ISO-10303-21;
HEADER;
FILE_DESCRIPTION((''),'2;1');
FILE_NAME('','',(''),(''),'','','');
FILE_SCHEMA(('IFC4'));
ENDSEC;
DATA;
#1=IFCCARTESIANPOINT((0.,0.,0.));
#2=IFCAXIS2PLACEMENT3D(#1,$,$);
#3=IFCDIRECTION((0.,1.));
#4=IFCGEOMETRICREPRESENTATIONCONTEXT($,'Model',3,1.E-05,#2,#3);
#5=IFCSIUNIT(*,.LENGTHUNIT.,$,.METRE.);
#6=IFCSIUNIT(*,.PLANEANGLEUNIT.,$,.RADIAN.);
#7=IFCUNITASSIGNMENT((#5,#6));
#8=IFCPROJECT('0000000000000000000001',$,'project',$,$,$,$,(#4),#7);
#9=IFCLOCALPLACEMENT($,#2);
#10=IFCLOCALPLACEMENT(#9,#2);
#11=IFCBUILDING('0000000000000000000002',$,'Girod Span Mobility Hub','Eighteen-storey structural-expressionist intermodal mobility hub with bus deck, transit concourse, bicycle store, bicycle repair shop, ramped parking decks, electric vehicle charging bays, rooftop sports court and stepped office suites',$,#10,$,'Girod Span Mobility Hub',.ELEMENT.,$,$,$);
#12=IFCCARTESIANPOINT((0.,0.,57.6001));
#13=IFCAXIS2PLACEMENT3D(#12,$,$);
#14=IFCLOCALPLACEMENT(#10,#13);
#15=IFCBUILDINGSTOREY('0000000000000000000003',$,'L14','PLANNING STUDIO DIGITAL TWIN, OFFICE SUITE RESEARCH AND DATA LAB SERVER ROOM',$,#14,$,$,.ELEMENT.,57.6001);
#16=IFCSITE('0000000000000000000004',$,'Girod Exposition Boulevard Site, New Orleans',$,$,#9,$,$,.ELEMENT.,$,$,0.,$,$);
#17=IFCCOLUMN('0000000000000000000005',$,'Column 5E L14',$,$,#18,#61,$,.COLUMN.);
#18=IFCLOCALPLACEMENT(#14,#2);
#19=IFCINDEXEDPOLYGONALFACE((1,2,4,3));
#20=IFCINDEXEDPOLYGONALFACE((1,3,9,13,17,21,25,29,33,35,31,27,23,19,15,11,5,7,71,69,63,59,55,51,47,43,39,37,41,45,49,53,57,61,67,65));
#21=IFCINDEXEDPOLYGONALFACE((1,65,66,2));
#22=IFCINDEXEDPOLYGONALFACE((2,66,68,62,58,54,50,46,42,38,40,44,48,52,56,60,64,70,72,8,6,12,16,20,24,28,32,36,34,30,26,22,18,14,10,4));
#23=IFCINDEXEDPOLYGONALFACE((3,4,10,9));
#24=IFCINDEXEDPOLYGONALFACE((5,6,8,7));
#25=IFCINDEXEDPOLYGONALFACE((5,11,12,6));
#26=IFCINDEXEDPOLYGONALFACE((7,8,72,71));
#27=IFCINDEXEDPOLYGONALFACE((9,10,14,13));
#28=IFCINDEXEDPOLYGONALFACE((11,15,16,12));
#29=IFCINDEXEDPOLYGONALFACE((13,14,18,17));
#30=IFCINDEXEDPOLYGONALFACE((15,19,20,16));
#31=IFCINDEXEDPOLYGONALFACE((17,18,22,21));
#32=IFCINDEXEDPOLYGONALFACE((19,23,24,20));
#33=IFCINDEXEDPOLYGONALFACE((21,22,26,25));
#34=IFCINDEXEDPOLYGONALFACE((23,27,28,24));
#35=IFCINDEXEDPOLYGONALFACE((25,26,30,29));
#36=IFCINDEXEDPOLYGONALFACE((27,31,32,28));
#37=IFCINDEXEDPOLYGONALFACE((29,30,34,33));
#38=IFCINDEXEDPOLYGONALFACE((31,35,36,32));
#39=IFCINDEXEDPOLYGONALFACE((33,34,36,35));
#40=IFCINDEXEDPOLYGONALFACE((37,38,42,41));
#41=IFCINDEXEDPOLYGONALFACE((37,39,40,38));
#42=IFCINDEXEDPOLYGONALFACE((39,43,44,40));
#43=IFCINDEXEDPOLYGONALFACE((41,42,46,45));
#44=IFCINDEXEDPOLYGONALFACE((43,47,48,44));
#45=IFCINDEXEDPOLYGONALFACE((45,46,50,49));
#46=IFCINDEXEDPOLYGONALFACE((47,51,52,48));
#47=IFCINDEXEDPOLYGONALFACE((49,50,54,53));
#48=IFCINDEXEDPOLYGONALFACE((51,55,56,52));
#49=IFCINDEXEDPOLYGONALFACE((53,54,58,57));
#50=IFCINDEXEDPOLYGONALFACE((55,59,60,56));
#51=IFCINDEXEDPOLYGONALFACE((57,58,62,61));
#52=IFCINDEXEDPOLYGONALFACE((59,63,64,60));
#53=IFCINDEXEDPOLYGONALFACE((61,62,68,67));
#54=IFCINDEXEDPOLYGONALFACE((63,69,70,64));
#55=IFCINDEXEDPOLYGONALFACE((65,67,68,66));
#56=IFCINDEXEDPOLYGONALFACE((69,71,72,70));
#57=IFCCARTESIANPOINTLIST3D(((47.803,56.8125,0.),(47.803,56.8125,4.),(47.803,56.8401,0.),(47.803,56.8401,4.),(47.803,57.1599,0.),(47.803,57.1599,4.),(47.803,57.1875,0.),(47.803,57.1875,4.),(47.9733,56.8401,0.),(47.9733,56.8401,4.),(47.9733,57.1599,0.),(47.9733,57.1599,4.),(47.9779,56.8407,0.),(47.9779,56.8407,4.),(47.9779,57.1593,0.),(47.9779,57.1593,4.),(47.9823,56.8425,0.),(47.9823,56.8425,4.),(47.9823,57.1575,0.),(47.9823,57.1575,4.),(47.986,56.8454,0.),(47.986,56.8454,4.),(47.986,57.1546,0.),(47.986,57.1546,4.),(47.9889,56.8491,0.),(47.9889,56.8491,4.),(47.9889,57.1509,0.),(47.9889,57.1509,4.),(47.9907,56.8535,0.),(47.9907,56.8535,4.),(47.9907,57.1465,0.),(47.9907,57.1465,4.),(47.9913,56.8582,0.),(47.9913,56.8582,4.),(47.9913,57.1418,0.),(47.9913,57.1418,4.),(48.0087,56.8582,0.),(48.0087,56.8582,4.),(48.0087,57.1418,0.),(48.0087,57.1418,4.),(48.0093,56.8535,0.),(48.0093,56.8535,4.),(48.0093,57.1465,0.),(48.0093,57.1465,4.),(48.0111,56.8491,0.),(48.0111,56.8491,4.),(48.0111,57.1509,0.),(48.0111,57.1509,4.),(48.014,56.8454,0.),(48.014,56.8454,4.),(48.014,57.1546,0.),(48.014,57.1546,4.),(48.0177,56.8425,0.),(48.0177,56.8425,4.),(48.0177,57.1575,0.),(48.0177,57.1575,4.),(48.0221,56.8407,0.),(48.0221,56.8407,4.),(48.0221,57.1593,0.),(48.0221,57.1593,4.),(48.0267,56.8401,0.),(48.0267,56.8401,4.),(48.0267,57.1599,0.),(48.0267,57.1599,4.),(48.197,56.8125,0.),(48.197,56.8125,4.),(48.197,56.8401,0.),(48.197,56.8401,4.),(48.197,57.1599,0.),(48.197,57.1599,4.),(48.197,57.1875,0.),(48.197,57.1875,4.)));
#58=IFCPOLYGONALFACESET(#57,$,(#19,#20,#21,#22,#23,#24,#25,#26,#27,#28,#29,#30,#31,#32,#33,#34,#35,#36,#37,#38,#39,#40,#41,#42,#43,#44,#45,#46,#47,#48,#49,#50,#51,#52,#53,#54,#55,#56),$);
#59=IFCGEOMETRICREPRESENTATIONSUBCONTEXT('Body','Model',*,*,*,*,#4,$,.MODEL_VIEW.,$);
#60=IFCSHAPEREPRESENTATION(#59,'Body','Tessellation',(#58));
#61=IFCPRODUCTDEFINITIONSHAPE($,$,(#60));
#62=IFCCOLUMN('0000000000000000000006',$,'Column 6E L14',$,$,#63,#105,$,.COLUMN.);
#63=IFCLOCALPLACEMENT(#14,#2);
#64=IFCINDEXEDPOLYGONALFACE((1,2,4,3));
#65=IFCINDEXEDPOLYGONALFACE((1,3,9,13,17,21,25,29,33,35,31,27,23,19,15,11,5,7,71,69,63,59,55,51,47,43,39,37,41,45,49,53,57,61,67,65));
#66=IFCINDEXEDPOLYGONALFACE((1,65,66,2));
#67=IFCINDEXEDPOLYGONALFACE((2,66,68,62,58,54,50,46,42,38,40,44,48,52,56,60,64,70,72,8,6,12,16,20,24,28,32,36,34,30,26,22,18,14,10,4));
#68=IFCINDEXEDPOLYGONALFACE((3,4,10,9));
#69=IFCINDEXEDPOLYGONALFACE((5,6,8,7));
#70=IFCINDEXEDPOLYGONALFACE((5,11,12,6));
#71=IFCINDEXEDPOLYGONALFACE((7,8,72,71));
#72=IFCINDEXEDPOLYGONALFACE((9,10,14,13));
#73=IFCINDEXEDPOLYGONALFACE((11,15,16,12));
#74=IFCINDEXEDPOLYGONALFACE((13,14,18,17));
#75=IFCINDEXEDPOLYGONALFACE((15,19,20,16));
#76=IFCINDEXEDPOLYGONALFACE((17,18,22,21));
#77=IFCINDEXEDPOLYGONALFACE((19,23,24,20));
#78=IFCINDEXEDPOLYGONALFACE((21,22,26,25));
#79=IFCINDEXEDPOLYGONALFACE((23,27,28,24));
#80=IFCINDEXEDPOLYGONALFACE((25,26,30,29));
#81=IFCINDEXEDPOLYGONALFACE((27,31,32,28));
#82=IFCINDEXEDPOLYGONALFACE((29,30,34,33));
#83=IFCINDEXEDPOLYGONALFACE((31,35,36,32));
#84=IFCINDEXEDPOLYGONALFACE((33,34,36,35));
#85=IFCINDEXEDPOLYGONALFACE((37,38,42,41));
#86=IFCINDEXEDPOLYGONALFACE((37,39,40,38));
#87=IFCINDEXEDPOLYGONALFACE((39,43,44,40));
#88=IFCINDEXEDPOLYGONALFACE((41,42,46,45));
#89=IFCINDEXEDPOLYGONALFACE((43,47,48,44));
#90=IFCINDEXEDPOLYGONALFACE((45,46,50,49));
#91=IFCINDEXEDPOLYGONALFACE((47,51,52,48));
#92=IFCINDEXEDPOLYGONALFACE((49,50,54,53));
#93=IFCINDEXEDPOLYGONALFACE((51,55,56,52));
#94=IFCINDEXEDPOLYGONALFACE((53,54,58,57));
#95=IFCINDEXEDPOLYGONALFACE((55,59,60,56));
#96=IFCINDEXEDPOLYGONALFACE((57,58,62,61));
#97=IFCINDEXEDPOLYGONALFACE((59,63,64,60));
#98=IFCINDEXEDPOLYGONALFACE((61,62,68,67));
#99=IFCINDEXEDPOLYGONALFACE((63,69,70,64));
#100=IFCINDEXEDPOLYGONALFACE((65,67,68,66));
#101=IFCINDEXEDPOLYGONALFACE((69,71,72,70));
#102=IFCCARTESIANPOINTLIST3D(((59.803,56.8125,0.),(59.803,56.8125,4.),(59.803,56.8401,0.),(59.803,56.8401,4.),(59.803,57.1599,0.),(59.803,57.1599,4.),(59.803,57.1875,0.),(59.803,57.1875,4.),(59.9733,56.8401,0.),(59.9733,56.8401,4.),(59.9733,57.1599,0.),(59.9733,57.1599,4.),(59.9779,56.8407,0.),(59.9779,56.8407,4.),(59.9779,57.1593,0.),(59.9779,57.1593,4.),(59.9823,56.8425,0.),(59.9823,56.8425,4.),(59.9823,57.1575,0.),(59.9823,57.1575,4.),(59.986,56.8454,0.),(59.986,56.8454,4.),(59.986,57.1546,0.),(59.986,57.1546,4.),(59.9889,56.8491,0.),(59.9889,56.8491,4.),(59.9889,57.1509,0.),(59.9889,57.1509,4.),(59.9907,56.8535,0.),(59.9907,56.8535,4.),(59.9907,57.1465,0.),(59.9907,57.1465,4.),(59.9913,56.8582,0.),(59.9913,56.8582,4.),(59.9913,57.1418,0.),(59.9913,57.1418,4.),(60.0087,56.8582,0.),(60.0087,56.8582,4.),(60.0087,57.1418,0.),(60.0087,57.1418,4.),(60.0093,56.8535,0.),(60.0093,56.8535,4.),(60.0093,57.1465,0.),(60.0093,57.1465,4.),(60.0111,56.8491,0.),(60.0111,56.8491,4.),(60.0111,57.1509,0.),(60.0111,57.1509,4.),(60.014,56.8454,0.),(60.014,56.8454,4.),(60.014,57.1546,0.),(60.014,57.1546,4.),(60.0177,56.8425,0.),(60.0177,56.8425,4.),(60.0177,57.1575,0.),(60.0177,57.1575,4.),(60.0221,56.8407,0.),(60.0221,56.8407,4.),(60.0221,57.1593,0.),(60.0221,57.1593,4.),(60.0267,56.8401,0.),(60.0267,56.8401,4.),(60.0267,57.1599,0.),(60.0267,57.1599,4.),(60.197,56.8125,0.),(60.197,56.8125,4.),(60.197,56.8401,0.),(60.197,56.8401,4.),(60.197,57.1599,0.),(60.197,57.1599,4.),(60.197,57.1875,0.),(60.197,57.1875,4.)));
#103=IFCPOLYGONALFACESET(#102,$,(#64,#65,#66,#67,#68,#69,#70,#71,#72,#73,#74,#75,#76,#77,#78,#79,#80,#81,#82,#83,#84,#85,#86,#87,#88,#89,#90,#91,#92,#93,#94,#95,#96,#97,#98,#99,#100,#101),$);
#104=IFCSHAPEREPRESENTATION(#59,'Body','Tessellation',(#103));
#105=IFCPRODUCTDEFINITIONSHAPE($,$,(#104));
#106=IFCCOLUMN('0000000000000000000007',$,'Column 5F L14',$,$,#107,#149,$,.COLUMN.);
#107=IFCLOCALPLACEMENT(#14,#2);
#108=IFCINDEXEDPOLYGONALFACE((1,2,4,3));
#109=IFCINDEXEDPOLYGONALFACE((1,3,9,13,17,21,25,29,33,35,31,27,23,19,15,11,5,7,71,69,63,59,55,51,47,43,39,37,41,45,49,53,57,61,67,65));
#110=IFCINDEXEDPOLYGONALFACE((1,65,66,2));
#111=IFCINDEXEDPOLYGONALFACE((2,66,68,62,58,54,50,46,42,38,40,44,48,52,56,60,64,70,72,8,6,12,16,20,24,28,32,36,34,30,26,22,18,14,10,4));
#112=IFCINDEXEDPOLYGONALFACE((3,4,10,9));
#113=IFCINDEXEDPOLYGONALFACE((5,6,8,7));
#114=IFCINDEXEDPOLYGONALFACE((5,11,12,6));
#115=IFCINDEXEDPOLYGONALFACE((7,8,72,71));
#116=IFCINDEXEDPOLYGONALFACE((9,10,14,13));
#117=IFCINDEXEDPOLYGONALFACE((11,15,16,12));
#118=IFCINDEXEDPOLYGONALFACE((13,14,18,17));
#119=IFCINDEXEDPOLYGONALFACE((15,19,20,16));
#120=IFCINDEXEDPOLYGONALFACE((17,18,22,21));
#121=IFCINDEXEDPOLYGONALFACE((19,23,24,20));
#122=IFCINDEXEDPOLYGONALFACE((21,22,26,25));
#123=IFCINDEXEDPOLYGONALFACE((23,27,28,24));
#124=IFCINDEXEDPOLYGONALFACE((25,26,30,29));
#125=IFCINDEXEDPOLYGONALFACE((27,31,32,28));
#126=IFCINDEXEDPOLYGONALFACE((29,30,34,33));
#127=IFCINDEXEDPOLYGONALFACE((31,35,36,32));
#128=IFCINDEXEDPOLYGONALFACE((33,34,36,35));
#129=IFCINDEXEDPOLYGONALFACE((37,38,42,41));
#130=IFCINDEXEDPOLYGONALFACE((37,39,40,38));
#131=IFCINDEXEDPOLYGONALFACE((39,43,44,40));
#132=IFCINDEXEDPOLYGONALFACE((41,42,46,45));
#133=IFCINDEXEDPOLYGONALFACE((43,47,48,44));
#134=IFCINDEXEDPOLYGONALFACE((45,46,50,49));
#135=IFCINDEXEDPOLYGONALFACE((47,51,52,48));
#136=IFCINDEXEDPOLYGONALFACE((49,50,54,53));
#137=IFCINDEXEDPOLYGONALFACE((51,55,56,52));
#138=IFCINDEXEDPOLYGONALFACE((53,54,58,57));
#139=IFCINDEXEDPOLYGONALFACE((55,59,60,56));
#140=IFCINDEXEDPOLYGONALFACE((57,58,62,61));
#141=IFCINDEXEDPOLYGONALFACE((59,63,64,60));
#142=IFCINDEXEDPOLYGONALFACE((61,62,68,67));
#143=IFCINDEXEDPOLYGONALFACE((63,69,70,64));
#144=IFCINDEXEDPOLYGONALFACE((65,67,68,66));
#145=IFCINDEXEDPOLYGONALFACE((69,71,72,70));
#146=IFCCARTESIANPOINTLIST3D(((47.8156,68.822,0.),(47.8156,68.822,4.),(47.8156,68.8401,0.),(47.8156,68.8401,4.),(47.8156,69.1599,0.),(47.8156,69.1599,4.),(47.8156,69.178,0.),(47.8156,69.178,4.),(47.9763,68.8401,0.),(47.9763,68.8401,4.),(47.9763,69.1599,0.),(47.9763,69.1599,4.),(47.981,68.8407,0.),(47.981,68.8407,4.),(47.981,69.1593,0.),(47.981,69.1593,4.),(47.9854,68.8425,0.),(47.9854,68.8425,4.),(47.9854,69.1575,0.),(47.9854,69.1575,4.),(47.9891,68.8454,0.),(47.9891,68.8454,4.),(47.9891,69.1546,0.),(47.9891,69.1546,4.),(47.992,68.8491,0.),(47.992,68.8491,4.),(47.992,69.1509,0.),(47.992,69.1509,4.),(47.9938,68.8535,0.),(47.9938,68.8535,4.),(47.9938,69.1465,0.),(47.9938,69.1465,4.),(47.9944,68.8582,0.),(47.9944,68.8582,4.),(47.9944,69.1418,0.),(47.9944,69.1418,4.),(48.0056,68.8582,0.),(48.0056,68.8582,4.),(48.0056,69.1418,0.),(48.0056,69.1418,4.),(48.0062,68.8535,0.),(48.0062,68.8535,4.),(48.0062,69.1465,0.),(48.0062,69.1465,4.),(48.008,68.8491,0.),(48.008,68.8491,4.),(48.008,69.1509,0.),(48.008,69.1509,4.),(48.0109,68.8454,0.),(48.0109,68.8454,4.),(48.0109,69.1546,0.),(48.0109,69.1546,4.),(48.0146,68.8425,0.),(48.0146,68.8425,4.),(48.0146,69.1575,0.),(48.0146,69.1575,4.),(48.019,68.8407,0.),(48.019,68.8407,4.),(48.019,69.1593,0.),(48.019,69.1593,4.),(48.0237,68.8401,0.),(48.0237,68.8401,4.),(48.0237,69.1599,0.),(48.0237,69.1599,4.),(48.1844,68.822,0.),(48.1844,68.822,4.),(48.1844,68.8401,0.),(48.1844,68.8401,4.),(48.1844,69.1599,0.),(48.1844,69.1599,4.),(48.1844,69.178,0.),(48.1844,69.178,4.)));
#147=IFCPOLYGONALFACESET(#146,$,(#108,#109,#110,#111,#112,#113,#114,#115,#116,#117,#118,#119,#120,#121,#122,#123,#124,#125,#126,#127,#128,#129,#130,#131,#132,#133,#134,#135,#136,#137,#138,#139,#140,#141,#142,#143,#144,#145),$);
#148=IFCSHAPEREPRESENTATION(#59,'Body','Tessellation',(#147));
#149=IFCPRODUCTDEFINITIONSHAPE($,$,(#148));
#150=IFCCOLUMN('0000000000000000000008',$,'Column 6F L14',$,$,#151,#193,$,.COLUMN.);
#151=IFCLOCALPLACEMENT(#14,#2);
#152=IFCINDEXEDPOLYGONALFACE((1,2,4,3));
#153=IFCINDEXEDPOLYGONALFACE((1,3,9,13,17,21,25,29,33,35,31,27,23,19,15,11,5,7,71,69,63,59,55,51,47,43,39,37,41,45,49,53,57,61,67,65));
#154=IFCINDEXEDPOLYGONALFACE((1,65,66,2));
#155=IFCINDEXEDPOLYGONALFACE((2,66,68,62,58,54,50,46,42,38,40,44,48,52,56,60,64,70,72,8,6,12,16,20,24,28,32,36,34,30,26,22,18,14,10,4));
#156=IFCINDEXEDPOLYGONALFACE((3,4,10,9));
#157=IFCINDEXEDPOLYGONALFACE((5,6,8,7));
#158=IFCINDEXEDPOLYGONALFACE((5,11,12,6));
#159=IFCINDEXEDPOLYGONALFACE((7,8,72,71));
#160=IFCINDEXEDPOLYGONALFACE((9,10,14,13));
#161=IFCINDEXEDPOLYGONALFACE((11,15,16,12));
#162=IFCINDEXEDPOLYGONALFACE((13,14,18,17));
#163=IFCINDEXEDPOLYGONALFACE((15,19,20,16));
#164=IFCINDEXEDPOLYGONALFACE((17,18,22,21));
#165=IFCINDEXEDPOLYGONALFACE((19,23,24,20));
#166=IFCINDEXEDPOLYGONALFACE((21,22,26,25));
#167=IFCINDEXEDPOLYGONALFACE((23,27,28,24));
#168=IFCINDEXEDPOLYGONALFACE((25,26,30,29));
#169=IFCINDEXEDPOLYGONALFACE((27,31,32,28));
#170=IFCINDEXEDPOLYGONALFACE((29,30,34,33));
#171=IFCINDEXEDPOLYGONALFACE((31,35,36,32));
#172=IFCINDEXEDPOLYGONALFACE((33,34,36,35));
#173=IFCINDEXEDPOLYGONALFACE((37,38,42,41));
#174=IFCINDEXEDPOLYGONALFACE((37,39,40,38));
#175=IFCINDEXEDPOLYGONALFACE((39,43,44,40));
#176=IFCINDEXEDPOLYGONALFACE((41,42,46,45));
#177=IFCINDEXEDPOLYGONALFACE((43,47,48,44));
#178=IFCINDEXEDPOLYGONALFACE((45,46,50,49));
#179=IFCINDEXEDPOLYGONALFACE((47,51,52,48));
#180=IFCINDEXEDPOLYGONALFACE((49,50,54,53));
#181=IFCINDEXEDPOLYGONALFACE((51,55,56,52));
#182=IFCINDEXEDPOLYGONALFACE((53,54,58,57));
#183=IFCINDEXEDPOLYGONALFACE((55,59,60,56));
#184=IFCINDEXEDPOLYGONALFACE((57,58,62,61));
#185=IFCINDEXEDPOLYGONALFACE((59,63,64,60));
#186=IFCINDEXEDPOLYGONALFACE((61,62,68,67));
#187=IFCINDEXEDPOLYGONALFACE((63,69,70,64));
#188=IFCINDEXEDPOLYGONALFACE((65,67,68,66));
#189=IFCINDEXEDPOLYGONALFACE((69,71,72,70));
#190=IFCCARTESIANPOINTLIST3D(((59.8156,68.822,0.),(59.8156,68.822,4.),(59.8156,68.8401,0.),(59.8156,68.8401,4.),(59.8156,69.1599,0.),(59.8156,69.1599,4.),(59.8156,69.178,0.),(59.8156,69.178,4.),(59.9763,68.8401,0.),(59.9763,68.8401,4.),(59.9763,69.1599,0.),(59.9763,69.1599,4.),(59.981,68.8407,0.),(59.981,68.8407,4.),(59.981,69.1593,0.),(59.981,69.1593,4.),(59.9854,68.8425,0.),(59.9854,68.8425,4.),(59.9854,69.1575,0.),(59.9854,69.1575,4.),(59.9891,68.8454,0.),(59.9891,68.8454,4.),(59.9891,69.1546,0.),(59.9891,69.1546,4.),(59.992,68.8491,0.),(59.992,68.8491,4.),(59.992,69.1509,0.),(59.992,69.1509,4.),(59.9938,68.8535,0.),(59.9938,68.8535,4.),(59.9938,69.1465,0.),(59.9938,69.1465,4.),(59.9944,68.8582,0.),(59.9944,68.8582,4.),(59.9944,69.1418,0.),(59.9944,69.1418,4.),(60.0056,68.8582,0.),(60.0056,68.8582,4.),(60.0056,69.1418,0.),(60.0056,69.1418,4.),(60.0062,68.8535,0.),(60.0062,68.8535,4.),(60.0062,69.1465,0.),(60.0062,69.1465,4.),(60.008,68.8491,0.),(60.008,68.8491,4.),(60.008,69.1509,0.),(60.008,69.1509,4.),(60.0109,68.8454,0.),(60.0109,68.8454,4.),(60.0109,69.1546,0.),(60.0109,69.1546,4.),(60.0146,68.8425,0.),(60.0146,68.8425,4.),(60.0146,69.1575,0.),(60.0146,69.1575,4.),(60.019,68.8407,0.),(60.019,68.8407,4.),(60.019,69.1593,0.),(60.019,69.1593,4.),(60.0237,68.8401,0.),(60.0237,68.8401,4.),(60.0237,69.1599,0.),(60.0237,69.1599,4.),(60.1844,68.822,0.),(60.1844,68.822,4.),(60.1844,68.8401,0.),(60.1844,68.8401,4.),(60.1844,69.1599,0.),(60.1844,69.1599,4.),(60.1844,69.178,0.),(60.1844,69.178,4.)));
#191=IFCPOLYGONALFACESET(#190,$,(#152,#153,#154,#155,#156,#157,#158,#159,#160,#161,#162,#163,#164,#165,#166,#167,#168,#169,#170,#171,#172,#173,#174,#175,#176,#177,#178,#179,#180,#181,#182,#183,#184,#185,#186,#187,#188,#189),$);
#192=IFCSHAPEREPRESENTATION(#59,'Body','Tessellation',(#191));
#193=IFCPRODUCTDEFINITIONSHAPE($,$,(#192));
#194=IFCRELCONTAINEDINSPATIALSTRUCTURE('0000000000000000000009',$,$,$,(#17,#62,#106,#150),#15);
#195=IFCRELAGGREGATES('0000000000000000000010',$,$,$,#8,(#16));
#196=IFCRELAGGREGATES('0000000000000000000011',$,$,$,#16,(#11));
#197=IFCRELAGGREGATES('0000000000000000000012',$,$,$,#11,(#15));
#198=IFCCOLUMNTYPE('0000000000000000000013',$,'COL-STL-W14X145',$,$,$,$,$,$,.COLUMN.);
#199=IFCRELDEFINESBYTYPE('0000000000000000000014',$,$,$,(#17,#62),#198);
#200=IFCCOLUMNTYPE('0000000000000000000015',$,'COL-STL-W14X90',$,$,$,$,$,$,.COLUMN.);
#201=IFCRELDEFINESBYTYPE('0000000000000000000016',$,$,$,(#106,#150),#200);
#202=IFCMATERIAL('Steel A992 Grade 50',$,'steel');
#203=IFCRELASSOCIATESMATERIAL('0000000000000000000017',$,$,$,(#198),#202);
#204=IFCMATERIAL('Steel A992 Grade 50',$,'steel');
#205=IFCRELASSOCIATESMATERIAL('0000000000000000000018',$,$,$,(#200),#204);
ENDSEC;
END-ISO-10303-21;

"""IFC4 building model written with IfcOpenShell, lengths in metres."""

from ifc_helpers import new_model, si_unit, direction, frame, origin, origin_2d, place, context, subcontext, project, spatial, i_section, extrude, material, material_profile, profile_set, type_object, element, save


model = new_model("IFC4")

# Units and contexts
model_context = context("Model", 3, precision=1e-05, world=origin(), true_north=direction((0.0, 1.0)))
body_context = subcontext(model_context, "Body", "Model", "MODEL_VIEW")
ifc_project = project(units=[si_unit("LENGTHUNIT", "METRE"), si_unit("PLANEANGLEUNIT", "RADIAN")], contexts=[model_context])

# Site, building, storey
site_placement = place(None, origin())
site = spatial("IfcSite", under=ifc_project, at=site_placement, Name="Girod Exposition Boulevard Site, New Orleans", CompositionType="ELEMENT", RefElevation=0.0)
building_placement = place(site_placement, origin())
building = spatial("IfcBuilding", under=site, at=building_placement, Name="Girod Span Mobility Hub", Description="Eighteen-storey structural-expressionist intermodal mobility hub with bus deck, transit concourse, bicycle store, bicycle repair shop, ramped parking decks, electric vehicle charging bays, rooftop sports court and stepped office suites", LongName="Girod Span Mobility Hub", CompositionType="ELEMENT")
storey_placement = place(building_placement, frame((0.0, 0.0, 57.6001)))
storey = spatial("IfcBuildingStorey", under=building, at=storey_placement, Name="L14", Description="PLANNING STUDIO DIGITAL TWIN, OFFICE SUITE RESEARCH AND DATA LAB SERVER ROOM", CompositionType="ELEMENT", Elevation=57.6001)

# Columns
ifc_material_1 = material(Name="Steel A992 Grade 50", Category="steel")
ifc_material_profile_1 = material_profile(ifc_material_1, i_section(OverallWidth=0.394, OverallDepth=0.375, WebThickness=0.0173, FlangeThickness=0.0276, FilletRadius=0.0181, at=origin_2d()), Name="W14X145")
ifc_profile_set_1 = profile_set([ifc_material_profile_1], Name="Steel A992 Grade 50")
column_type_1 = type_object("IfcColumnType", Name="COL-STL-W14X145", PredefinedType="COLUMN", material=ifc_profile_set_1)
for number, where, z_axis, x_axis, name in (
    (1, (48.0, 57.0, 0.0), (0.0, 0.0, 1.0), (1.0, 0.0, 0.0), "Column 5E L14"),
    (2, (60.0, 57.0, 0.0), (0.0, 0.0, 1.0), (1.0, 0.0, 0.0), "Column 6E L14"),
):
    element("IfcColumn", number, at=place(storey_placement, frame(where, z_axis=z_axis, x_axis=x_axis)), inside=storey, type_object=column_type_1, Name=name, PredefinedType="COLUMN", context=body_context, shape_type="SweptSolid", body=[
        extrude(i_section(OverallWidth=0.394, OverallDepth=0.375, WebThickness=0.0173, FlangeThickness=0.0276, FilletRadius=0.0181, at=origin_2d()), origin(), (0.0, 0.0, 1.0), 4.0),
    ])
ifc_material_2 = material(Name="Steel A992 Grade 50", Category="steel")
ifc_material_profile_2 = material_profile(ifc_material_2, i_section(OverallWidth=0.3689, OverallDepth=0.356, WebThickness=0.0112, FlangeThickness=0.0181, FilletRadius=0.0181, at=origin_2d()), Name="W14X90")
ifc_profile_set_2 = profile_set([ifc_material_profile_2], Name="Steel A992 Grade 50")
column_type_2 = type_object("IfcColumnType", Name="COL-STL-W14X90", PredefinedType="COLUMN", material=ifc_profile_set_2)
for number, where, z_axis, x_axis, name in (
    (3, (48.0, 69.0, 0.0), (0.0, 0.0, 1.0), (1.0, 0.0, 0.0), "Column 5F L14"),
    (4, (60.0, 69.0, 0.0), (0.0, 0.0, 1.0), (1.0, 0.0, 0.0), "Column 6F L14"),
):
    element("IfcColumn", number, at=place(storey_placement, frame(where, z_axis=z_axis, x_axis=x_axis)), inside=storey, type_object=column_type_2, Name=name, PredefinedType="COLUMN", context=body_context, shape_type="SweptSolid", body=[
        extrude(i_section(OverallWidth=0.3689, OverallDepth=0.356, WebThickness=0.0112, FlangeThickness=0.0181, FilletRadius=0.0181, at=origin_2d()), origin(), (0.0, 0.0, 1.0), 4.0),
    ])

save(model, "model.ifc")
